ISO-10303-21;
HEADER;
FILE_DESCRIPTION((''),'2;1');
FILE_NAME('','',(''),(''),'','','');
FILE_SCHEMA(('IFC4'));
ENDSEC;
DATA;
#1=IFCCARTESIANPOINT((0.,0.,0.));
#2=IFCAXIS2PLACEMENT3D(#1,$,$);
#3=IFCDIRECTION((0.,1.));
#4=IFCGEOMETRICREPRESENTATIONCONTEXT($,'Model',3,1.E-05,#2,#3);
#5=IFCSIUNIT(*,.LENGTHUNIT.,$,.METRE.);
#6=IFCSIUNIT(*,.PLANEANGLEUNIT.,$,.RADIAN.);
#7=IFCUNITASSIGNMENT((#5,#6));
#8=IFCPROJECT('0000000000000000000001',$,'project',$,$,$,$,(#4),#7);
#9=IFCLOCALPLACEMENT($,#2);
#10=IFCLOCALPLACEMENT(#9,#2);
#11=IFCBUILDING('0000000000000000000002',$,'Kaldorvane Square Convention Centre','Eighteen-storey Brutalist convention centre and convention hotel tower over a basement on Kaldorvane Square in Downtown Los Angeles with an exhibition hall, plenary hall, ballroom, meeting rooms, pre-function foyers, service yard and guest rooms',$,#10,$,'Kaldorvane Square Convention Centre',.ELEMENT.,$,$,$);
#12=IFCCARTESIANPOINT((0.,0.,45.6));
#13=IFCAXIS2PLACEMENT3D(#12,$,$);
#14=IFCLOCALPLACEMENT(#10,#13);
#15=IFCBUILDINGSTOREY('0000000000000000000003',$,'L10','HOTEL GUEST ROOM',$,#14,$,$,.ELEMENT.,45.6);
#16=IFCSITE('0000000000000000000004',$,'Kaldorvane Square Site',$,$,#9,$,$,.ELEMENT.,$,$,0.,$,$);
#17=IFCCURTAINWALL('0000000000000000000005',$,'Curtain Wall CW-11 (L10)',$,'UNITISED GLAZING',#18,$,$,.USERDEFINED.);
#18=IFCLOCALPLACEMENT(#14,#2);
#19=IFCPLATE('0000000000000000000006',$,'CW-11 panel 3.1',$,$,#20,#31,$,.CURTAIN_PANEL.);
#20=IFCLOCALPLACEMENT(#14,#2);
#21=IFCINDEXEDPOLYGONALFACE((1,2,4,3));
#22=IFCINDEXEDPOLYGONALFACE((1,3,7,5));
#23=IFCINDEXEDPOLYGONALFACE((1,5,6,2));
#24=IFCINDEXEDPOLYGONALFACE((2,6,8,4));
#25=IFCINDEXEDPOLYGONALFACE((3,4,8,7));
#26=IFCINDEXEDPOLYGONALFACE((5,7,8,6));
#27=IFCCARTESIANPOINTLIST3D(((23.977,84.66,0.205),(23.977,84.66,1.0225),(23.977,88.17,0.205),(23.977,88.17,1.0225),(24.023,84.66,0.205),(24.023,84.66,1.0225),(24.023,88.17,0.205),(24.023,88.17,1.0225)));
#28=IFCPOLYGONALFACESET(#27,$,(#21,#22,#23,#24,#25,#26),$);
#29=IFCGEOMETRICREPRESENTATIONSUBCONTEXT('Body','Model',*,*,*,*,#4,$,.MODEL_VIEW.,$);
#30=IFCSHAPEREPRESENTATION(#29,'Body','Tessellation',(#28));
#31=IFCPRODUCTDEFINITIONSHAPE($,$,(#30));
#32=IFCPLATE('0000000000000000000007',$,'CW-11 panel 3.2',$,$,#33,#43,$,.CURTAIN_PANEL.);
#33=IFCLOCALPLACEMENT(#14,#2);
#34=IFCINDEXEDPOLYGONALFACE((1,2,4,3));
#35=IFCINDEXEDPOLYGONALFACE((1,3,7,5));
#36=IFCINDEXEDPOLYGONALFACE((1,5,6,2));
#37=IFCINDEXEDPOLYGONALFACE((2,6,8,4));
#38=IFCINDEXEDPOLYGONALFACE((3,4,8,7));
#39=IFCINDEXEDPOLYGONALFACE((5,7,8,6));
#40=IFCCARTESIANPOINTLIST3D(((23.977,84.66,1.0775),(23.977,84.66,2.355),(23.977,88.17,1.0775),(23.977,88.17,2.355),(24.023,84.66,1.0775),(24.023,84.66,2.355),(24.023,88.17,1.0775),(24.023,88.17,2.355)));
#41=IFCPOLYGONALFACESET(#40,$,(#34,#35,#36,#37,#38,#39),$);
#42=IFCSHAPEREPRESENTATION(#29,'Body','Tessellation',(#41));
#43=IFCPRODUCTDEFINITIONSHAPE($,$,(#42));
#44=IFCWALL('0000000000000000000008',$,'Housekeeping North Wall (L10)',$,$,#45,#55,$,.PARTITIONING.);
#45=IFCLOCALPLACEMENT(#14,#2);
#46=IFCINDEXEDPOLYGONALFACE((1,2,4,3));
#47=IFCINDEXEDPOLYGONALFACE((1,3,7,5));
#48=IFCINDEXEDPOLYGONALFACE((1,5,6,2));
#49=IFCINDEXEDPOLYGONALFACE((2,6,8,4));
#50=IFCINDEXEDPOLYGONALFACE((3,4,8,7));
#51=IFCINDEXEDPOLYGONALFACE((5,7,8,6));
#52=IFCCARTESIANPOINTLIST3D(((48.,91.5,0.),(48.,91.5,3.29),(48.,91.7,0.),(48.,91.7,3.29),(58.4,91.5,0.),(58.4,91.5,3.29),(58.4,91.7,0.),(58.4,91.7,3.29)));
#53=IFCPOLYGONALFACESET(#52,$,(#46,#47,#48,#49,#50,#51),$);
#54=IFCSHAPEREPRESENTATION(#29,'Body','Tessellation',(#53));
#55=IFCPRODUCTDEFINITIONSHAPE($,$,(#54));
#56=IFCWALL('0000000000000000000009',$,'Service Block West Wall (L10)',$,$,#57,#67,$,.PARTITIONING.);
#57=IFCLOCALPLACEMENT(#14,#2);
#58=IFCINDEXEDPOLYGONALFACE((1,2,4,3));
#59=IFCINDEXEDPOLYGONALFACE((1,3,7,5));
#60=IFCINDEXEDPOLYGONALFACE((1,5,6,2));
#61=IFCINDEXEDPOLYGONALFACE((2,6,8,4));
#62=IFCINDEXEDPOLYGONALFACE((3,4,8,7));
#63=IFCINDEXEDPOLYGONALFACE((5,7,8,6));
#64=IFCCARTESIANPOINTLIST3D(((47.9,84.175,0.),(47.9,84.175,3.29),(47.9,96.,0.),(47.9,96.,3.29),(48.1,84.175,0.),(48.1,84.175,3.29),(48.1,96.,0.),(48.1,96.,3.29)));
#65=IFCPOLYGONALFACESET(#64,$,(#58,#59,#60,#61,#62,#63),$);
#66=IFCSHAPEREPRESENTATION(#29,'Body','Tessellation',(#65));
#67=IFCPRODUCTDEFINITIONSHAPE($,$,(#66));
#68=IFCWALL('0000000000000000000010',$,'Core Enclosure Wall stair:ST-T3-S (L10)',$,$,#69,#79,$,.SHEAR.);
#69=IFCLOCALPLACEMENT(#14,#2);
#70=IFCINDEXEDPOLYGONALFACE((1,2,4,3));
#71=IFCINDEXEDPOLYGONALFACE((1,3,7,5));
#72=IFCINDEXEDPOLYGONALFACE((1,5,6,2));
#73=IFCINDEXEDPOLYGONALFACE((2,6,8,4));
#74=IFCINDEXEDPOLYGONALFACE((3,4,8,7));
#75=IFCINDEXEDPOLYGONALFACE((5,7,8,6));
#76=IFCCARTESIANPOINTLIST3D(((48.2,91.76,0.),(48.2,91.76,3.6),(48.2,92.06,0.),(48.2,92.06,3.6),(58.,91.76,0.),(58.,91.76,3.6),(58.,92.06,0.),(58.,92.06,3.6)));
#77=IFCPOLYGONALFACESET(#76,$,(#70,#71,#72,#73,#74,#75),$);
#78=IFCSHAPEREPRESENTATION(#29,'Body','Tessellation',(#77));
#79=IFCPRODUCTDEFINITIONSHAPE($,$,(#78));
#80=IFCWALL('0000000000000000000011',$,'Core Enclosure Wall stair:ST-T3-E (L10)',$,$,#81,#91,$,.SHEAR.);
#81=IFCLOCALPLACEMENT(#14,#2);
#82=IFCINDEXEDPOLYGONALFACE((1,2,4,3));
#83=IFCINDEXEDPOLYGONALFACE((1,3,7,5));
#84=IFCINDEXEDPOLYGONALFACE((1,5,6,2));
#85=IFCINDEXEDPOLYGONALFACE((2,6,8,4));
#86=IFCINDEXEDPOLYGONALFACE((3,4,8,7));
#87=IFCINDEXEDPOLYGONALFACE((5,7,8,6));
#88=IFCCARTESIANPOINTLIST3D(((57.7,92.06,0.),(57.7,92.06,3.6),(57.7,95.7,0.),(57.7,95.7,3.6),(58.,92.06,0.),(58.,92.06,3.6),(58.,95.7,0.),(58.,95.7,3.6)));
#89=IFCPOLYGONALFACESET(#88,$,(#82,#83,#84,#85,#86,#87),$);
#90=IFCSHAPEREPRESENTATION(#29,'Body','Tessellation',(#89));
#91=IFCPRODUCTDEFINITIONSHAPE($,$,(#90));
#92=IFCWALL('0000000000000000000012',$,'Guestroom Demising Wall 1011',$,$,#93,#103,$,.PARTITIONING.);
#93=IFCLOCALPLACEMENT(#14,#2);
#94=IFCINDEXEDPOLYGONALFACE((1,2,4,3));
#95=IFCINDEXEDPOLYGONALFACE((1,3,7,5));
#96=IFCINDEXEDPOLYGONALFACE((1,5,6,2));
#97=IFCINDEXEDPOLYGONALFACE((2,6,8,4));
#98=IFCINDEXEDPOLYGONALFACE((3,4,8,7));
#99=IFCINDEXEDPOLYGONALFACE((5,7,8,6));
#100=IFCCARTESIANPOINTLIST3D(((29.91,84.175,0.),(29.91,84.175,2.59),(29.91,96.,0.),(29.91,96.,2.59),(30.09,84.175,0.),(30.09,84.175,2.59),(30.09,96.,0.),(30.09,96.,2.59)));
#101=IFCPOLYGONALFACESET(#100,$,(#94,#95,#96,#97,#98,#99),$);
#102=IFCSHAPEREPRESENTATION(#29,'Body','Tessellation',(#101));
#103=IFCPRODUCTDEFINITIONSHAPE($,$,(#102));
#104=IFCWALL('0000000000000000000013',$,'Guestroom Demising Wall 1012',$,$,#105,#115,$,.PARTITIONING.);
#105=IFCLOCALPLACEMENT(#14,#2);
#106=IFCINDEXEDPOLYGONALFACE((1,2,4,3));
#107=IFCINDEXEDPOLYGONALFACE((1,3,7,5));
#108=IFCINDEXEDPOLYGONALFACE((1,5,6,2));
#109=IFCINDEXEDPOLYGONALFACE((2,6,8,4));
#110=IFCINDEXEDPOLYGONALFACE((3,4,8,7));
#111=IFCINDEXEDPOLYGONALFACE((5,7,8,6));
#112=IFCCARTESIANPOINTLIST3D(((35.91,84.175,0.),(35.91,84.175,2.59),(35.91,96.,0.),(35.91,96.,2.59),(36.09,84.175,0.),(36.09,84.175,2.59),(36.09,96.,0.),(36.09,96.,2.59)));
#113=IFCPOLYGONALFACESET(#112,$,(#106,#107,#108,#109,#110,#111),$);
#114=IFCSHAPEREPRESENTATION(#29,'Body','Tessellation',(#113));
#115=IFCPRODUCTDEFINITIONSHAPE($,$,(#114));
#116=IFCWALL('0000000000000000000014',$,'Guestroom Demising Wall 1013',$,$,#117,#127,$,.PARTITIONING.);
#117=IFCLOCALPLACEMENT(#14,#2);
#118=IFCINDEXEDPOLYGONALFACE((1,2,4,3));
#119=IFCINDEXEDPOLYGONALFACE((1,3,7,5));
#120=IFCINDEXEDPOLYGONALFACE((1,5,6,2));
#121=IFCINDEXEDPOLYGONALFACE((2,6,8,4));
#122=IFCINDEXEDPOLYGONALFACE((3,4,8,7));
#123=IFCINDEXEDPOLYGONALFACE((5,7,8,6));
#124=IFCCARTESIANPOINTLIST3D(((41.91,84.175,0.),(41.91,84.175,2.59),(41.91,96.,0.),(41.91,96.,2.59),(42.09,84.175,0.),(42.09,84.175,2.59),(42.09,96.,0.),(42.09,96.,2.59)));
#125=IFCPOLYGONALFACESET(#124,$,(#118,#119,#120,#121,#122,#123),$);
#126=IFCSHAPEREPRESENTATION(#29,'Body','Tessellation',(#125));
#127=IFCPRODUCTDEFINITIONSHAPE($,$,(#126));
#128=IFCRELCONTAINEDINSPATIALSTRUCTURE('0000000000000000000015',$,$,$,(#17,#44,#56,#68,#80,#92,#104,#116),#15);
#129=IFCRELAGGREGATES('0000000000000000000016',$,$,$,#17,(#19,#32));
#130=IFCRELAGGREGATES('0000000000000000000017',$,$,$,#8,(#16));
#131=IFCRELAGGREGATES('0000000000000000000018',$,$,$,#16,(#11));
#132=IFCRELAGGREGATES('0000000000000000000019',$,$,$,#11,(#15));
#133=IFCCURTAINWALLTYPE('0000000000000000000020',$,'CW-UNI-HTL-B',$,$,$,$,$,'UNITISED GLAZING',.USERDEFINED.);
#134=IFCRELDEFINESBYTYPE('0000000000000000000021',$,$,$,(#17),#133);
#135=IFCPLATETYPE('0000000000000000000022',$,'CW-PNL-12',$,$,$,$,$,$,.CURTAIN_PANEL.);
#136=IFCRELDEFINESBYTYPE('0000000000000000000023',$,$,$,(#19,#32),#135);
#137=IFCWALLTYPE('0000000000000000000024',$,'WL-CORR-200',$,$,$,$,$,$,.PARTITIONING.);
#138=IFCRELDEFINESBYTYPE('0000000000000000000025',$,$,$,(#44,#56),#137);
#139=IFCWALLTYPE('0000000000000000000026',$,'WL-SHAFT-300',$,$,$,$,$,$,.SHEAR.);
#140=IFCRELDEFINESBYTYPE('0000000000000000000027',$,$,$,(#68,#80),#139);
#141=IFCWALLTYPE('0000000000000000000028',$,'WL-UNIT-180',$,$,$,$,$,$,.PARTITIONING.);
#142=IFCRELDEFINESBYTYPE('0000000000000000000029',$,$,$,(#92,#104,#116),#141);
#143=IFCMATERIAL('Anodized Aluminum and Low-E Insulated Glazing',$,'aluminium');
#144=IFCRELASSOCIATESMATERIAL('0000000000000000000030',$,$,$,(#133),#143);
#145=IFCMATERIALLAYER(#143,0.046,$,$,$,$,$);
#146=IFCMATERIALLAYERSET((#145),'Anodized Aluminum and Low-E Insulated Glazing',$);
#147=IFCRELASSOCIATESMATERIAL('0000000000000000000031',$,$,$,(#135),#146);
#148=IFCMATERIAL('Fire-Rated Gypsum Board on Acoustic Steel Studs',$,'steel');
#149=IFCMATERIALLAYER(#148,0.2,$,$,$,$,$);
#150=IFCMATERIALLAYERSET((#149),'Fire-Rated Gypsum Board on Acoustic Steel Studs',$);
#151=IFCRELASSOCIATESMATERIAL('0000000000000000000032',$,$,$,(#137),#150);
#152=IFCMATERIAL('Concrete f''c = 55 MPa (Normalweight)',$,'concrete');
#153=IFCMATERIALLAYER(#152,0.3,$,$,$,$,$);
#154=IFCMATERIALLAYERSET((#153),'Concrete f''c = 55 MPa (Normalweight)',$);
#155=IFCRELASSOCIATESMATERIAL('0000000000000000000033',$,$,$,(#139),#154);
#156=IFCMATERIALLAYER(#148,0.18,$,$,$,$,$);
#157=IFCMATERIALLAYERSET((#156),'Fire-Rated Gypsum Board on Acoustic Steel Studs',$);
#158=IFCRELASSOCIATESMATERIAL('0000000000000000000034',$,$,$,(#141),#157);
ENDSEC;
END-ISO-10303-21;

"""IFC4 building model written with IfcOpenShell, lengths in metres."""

from ifc_helpers import new_model, si_unit, direction, frame, frame_2d, origin, origin_2d, place, context, subcontext, project, spatial, rectangle, extrude, material, layer, layer_set, type_object, element, aggregate, save


model = new_model("IFC4")

# Units and contexts
model_context = context("Model", 3, precision=1e-05, world=origin(), true_north=direction((0.0, 1.0)))
body_context = subcontext(model_context, "Body", "Model", "MODEL_VIEW")
ifc_project = project(units=[si_unit("LENGTHUNIT", "METRE"), si_unit("PLANEANGLEUNIT", "RADIAN")], contexts=[model_context])

# Site, building, storey
site_placement = place(None, origin())
site = spatial("IfcSite", under=ifc_project, at=site_placement, Name="Kaldorvane Square Site", CompositionType="ELEMENT", RefElevation=0.0)
building_placement = place(site_placement, origin())
building = spatial("IfcBuilding", under=site, at=building_placement, Name="Kaldorvane Square Convention Centre", Description="Eighteen-storey Brutalist convention centre and convention hotel tower over a basement on Kaldorvane Square in Downtown Los Angeles with an exhibition hall, plenary hall, ballroom, meeting rooms, pre-function foyers, service yard and guest rooms", LongName="Kaldorvane Square Convention Centre", CompositionType="ELEMENT")
storey_placement = place(building_placement, frame((0.0, 0.0, 45.6)))
storey = spatial("IfcBuildingStorey", under=building, at=storey_placement, Name="L10", Description="HOTEL GUEST ROOM", CompositionType="ELEMENT", Elevation=45.6)

# Curtain wall, plates
ifc_material_1 = material(Name="Anodized Aluminum and Low-E Insulated Glazing", Category="aluminium")
curtain_wall_type = type_object("IfcCurtainWallType", Name="CW-UNI-HTL-B", ElementType="UNITISED GLAZING", PredefinedType="USERDEFINED", material=ifc_material_1)
curtain_wall_placement = place(storey_placement, origin())
curtain_wall = element("IfcCurtainWall", 1, at=curtain_wall_placement, inside=storey, type_object=curtain_wall_type, Name="Curtain Wall CW-11 (L10)", ObjectType="UNITISED GLAZING", PredefinedType="USERDEFINED")
ifc_layer_1 = layer(ifc_material_1, 0.046)
ifc_layer_set_1 = layer_set([ifc_layer_1], Name="Anodized Aluminum and Low-E Insulated Glazing")
plate_type = type_object("IfcPlateType", Name="CW-PNL-12", PredefinedType="CURTAIN_PANEL", material=ifc_layer_set_1)
plate_1_placement = place(storey_placement, frame((24.0, 86.415, 0.205), z_axis=(0.0, 0.0, 1.0), x_axis=(0.0, -1.0, 0.0)))
plate_1 = element("IfcPlate", 2, at=plate_1_placement, type_object=plate_type, Name="CW-11 panel 3.1", PredefinedType="CURTAIN_PANEL", context=body_context, shape_type="SweptSolid", body=[
    extrude(rectangle(XDim=3.51, YDim=0.046, at=origin_2d()), origin(), (0.0, 0.0, 1.0), 0.8175),
])
plate_2_placement = place(storey_placement, frame((24.0, 86.415, 1.0775), z_axis=(0.0, 0.0, 1.0), x_axis=(0.0, -1.0, 0.0)))
plate_2 = element("IfcPlate", 3, at=plate_2_placement, type_object=plate_type, Name="CW-11 panel 3.2", PredefinedType="CURTAIN_PANEL", context=body_context, shape_type="SweptSolid", body=[
    extrude(rectangle(XDim=3.51, YDim=0.046, at=origin_2d()), origin(), (0.0, 0.0, 1.0), 1.2775),
])
aggregate(curtain_wall, [plate_1, plate_2])

# Walls
ifc_material_2 = material(Name="Fire-Rated Gypsum Board on Acoustic Steel Studs", Category="steel")
ifc_layer_2 = layer(ifc_material_2, 0.2)
ifc_layer_set_2 = layer_set([ifc_layer_2], Name="Fire-Rated Gypsum Board on Acoustic Steel Studs")
wall_type_1 = type_object("IfcWallType", Name="WL-CORR-200", PredefinedType="PARTITIONING", material=ifc_layer_set_2)
wall_1_placement = place(storey_placement, frame((48.0, 91.6, 0.0), z_axis=(0.0, 0.0, 1.0), x_axis=(1.0, 0.0, 0.0)))
element("IfcWall", 4, at=wall_1_placement, inside=storey, type_object=wall_type_1, Name="Housekeeping North Wall (L10)", PredefinedType="PARTITIONING", context=body_context, shape_type="SweptSolid", body=[
    extrude(rectangle(XDim=10.4, YDim=0.2, at=frame_2d((5.2, 0.0))), origin(), (0.0, 0.0, 1.0), 3.29),
])
wall_2_placement = place(storey_placement, frame((48.0, 84.175, 0.0), z_axis=(0.0, 0.0, 1.0), x_axis=(0.0, 1.0, 0.0)))
element("IfcWall", 5, at=wall_2_placement, inside=storey, type_object=wall_type_1, Name="Service Block West Wall (L10)", PredefinedType="PARTITIONING", context=body_context, shape_type="SweptSolid", body=[
    extrude(rectangle(XDim=11.825, YDim=0.2, at=frame_2d((5.9125, 0.0))), origin(), (0.0, 0.0, 1.0), 3.29),
])
ifc_material_3 = material(Name="Concrete f'c = 55 MPa (Normalweight)", Category="concrete")
ifc_layer_3 = layer(ifc_material_3, 0.3)
ifc_layer_set_3 = layer_set([ifc_layer_3], Name="Concrete f'c = 55 MPa (Normalweight)")
wall_type_2 = type_object("IfcWallType", Name="WL-SHAFT-300", PredefinedType="SHEAR", material=ifc_layer_set_3)
wall_3_placement = place(storey_placement, frame((48.2, 91.91, 0.0), z_axis=(0.0, 0.0, 1.0), x_axis=(1.0, 0.0, 0.0)))
element("IfcWall", 6, at=wall_3_placement, inside=storey, type_object=wall_type_2, Name="Core Enclosure Wall stair:ST-T3-S (L10)", PredefinedType="SHEAR", context=body_context, shape_type="SweptSolid", body=[
    extrude(rectangle(XDim=9.8, YDim=0.3, at=frame_2d((4.9, 0.0))), origin(), (0.0, 0.0, 1.0), 3.6),
])
wall_4_placement = place(storey_placement, frame((57.85, 92.06, 0.0), z_axis=(0.0, 0.0, 1.0), x_axis=(0.0, 1.0, 0.0)))
element("IfcWall", 7, at=wall_4_placement, inside=storey, type_object=wall_type_2, Name="Core Enclosure Wall stair:ST-T3-E (L10)", PredefinedType="SHEAR", context=body_context, shape_type="SweptSolid", body=[
    extrude(rectangle(XDim=3.64, YDim=0.3, at=frame_2d((1.82, 0.0))), origin(), (0.0, 0.0, 1.0), 3.6),
])
ifc_layer_4 = layer(ifc_material_2, 0.18)
ifc_layer_set_4 = layer_set([ifc_layer_4], Name="Fire-Rated Gypsum Board on Acoustic Steel Studs")
wall_type_3 = type_object("IfcWallType", Name="WL-UNIT-180", PredefinedType="PARTITIONING", material=ifc_layer_set_4)
for number, where, z_axis, x_axis, name in (
    (8, (30.0, 84.175, 0.0), (0.0, 0.0, 1.0), (0.0, 1.0, 0.0), "Guestroom Demising Wall 1011"),
    (9, (36.0, 84.175, 0.0), (0.0, 0.0, 1.0), (0.0, 1.0, 0.0), "Guestroom Demising Wall 1012"),
    (10, (42.0, 84.175, 0.0), (0.0, 0.0, 1.0), (0.0, 1.0, 0.0), "Guestroom Demising Wall 1013"),
):
    element("IfcWall", number, at=place(storey_placement, frame(where, z_axis=z_axis, x_axis=x_axis)), inside=storey, type_object=wall_type_3, Name=name, PredefinedType="PARTITIONING", context=body_context, shape_type="SweptSolid", body=[
        extrude(rectangle(XDim=11.825, YDim=0.18, at=frame_2d((5.9125, 0.0))), origin(), (0.0, 0.0, 1.0), 2.59),
    ])

save(model, "model.ifc")
